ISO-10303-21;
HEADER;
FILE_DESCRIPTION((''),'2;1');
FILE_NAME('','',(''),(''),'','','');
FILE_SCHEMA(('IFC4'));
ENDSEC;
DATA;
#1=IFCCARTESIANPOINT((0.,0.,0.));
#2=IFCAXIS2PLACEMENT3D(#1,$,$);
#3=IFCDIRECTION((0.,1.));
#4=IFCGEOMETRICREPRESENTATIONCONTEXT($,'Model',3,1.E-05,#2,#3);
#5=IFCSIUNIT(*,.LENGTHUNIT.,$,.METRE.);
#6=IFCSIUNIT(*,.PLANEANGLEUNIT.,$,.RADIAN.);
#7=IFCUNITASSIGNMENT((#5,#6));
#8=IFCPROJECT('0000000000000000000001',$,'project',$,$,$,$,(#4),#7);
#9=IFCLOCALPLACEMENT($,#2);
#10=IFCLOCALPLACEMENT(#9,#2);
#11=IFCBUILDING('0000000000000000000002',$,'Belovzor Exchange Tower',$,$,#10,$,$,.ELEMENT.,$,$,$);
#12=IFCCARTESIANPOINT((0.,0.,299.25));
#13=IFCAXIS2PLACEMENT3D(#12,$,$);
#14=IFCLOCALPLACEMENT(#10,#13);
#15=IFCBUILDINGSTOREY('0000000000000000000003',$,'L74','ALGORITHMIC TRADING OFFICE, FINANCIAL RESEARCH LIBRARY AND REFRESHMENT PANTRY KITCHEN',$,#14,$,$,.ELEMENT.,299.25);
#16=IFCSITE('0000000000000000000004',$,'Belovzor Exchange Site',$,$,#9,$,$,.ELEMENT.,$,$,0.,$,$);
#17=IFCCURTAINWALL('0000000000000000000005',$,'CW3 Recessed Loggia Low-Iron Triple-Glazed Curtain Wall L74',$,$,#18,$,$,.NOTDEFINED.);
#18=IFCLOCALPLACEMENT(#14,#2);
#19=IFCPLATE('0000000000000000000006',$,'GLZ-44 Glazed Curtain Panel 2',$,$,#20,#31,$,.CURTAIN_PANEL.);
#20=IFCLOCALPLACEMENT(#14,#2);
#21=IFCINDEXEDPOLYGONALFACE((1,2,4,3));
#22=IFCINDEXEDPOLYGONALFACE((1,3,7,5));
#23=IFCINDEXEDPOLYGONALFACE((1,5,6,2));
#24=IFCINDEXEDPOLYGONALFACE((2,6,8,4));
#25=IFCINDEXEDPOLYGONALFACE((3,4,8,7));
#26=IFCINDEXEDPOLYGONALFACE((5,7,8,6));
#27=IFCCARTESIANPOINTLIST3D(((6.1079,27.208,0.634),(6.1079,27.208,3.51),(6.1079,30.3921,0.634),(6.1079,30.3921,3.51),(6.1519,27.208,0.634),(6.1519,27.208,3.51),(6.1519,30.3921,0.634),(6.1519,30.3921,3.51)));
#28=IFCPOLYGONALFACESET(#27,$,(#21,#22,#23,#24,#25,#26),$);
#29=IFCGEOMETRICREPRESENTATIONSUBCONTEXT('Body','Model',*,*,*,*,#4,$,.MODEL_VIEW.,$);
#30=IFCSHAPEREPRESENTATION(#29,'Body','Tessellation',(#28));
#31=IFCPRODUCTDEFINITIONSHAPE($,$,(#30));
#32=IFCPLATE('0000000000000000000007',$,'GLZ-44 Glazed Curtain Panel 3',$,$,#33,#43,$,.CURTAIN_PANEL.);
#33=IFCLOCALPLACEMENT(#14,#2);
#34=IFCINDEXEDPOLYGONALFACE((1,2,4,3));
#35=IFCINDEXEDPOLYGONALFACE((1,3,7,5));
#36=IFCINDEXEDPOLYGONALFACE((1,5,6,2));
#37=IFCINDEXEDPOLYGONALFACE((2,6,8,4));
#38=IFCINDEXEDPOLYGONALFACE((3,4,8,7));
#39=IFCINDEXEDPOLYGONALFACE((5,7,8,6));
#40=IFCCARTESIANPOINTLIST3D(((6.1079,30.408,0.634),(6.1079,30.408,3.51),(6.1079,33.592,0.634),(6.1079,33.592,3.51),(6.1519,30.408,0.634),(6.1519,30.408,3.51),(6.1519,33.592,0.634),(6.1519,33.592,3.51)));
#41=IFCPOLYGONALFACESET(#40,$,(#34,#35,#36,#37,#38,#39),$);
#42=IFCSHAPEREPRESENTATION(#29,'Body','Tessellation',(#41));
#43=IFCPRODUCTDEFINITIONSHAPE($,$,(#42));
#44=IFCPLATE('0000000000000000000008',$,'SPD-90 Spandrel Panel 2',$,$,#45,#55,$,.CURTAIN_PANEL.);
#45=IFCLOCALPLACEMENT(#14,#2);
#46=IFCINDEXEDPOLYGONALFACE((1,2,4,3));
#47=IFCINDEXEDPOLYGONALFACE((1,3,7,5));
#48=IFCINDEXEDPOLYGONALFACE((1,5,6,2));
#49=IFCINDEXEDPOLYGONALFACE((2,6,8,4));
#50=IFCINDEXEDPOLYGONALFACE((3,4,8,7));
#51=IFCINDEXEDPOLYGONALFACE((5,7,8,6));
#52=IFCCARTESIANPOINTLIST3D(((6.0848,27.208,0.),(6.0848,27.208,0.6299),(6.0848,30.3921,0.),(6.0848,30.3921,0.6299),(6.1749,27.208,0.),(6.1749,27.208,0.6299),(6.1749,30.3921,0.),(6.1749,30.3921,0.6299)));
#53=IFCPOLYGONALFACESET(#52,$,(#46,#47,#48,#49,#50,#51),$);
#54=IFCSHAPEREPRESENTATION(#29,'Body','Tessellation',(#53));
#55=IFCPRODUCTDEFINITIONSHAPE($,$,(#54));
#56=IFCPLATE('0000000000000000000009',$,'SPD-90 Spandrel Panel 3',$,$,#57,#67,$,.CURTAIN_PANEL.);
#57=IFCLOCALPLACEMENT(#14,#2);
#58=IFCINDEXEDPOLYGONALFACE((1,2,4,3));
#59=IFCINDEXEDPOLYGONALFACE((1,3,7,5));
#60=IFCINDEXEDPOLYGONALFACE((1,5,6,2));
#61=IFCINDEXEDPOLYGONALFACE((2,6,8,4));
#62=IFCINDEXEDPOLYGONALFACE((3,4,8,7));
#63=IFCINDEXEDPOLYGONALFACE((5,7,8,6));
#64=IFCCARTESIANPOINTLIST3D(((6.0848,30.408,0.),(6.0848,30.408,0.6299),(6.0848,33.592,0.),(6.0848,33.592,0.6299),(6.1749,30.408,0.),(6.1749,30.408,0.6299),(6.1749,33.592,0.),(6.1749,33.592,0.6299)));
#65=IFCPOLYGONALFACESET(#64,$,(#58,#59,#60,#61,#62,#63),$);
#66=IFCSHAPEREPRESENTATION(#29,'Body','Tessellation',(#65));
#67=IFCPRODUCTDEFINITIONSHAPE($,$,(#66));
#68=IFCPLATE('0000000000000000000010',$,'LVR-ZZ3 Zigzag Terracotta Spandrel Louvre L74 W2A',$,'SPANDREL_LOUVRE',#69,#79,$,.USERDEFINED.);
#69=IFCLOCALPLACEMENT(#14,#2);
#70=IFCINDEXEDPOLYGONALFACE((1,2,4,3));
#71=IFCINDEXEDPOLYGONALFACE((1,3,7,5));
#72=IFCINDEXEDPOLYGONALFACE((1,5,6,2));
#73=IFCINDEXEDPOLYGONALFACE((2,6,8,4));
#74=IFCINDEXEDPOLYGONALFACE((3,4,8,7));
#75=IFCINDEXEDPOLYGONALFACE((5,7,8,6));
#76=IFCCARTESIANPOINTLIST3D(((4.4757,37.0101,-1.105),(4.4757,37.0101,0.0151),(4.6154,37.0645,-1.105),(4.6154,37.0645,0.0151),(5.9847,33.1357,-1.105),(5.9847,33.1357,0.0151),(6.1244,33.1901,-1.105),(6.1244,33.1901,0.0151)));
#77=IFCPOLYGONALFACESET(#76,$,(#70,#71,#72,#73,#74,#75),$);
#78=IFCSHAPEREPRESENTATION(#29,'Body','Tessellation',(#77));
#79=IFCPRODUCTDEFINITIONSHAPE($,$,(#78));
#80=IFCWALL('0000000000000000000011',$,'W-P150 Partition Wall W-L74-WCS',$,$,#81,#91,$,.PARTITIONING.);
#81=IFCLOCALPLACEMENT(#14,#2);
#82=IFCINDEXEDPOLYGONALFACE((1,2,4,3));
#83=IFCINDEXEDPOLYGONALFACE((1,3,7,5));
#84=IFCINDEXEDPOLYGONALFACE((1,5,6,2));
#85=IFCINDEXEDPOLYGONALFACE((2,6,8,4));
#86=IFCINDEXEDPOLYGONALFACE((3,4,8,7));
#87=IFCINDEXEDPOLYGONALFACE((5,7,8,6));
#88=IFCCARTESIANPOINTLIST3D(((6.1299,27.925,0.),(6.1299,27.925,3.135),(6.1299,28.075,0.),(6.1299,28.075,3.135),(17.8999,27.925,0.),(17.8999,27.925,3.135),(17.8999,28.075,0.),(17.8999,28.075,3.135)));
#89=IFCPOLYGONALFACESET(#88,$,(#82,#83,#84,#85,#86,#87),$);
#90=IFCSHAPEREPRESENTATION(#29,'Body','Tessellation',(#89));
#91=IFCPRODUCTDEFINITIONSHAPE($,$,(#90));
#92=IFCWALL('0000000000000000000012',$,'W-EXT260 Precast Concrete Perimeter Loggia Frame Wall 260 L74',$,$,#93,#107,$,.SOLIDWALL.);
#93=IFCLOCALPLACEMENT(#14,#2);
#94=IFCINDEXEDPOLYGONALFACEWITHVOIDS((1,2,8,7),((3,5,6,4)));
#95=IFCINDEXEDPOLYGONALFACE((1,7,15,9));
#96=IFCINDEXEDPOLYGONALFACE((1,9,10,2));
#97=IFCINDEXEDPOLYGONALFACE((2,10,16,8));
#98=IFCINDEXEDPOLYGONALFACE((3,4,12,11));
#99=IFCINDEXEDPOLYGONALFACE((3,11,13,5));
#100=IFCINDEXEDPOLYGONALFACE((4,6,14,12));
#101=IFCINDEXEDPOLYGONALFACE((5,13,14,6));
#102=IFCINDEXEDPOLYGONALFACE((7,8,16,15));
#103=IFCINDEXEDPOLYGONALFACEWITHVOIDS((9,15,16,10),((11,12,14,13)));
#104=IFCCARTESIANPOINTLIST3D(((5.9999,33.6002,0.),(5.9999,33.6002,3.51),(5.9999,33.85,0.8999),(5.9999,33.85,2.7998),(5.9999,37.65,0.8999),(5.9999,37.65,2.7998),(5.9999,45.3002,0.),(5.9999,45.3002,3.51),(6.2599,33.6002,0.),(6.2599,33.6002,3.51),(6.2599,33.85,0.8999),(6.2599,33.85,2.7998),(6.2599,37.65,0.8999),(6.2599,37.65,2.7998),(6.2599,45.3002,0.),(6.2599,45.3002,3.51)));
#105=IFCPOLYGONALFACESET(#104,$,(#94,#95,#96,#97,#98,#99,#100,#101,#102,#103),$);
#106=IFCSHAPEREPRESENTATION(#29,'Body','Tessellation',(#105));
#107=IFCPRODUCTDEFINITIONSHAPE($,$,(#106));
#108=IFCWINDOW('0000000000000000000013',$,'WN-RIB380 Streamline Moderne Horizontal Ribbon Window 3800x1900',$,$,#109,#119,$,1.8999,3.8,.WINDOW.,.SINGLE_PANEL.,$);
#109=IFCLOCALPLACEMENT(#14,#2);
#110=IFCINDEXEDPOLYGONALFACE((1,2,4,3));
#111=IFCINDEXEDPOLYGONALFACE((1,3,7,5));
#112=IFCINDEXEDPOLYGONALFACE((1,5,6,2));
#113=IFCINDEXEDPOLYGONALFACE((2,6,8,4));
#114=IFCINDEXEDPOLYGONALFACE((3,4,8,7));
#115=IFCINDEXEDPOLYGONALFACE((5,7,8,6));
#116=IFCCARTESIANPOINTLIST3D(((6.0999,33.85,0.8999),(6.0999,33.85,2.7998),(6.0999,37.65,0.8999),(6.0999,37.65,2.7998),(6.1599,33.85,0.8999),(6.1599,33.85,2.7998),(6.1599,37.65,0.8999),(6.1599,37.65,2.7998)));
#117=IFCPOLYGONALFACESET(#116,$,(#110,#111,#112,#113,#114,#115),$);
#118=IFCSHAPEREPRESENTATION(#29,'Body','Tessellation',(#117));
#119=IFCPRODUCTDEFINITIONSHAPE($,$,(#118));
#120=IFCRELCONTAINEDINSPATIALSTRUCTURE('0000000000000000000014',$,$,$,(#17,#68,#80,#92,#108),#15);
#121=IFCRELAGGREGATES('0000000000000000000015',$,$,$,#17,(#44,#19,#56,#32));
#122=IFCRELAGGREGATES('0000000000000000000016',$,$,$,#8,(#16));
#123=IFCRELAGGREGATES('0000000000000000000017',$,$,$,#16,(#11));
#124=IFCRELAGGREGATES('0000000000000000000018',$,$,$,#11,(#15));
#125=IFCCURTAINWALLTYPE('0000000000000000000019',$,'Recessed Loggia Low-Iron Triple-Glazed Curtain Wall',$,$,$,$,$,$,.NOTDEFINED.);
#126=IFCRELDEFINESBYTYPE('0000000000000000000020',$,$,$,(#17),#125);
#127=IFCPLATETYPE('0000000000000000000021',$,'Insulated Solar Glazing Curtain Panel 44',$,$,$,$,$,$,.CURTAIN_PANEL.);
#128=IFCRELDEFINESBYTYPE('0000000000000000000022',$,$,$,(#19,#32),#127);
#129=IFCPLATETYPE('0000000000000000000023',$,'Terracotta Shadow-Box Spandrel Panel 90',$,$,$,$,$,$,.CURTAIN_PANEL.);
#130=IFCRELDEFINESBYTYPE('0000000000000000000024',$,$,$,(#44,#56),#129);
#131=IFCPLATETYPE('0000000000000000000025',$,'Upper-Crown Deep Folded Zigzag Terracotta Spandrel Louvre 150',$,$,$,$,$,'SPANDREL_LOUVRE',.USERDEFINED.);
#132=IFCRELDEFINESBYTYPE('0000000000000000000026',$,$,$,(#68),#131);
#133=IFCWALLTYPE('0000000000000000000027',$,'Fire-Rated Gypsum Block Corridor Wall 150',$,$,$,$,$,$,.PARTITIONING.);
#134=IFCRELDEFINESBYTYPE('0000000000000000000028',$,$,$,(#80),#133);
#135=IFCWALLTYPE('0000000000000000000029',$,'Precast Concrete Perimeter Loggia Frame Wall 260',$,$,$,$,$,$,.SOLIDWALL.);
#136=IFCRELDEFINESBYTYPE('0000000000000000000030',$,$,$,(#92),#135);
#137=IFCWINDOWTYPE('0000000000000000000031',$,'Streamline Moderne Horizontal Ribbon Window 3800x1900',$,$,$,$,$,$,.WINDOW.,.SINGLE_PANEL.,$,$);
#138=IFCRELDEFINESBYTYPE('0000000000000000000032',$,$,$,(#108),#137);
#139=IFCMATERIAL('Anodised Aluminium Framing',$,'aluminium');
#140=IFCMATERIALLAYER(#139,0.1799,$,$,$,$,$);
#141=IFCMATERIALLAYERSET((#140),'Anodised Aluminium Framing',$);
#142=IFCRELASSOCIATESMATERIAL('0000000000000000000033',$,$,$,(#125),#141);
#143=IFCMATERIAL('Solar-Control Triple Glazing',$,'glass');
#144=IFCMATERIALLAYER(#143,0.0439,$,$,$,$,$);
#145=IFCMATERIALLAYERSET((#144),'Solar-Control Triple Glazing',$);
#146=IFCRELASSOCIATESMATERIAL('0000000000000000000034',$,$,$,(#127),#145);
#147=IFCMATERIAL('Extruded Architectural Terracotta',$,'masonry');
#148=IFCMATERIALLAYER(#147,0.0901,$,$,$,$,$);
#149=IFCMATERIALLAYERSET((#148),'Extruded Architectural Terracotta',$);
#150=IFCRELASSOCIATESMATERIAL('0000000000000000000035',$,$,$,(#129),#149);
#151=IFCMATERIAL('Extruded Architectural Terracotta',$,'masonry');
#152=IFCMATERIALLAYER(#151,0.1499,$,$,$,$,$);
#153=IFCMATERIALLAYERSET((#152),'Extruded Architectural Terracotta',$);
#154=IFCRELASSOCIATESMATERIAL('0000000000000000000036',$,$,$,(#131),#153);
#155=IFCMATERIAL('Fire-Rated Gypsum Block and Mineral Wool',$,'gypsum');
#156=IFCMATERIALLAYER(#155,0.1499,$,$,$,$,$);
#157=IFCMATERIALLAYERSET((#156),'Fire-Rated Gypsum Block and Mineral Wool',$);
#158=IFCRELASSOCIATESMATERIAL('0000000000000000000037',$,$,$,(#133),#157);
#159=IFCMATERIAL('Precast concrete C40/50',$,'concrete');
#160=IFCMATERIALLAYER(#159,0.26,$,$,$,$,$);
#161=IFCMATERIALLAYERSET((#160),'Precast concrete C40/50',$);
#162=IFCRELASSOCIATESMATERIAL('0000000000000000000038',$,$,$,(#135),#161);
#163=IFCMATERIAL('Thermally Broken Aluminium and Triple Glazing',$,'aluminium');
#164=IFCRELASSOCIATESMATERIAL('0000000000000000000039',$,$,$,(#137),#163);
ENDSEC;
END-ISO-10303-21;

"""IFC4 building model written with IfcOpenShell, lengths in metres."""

from ifc_helpers import new_model, si_unit, direction, frame, frame_2d, origin, origin_2d, place, context, subcontext, project, spatial, rectangle, extrude, material, layer, layer_set, type_object, element, fill, aggregate, save


model = new_model("IFC4")

# Units and contexts
model_context = context("Model", 3, precision=1e-05, world=origin(), true_north=direction((0.0, 1.0)))
body_context = subcontext(model_context, "Body", "Model", "MODEL_VIEW")
ifc_project = project(units=[si_unit("LENGTHUNIT", "METRE"), si_unit("PLANEANGLEUNIT", "RADIAN")], contexts=[model_context])

# Site, building, storey
site_placement = place(None, origin())
site = spatial("IfcSite", under=ifc_project, at=site_placement, Name="Belovzor Exchange Site", CompositionType="ELEMENT", RefElevation=0.0)
building_placement = place(site_placement, origin())
building = spatial("IfcBuilding", under=site, at=building_placement, Name="Belovzor Exchange Tower", CompositionType="ELEMENT")
storey_placement = place(building_placement, frame((0.0, 0.0, 299.25)))
storey = spatial("IfcBuildingStorey", under=building, at=storey_placement, Name="L74", Description="ALGORITHMIC TRADING OFFICE, FINANCIAL RESEARCH LIBRARY AND REFRESHMENT PANTRY KITCHEN", CompositionType="ELEMENT", Elevation=299.25)

# Curtain wall
ifc_material_1 = material(Name="Anodised Aluminium Framing", Category="aluminium")
ifc_layer_1 = layer(ifc_material_1, 0.1799)
ifc_layer_set_1 = layer_set([ifc_layer_1], Name="Anodised Aluminium Framing")
curtain_wall_type = type_object("IfcCurtainWallType", Name="Recessed Loggia Low-Iron Triple-Glazed Curtain Wall", PredefinedType="NOTDEFINED", material=ifc_layer_set_1)
curtain_wall_placement = place(storey_placement, origin())
curtain_wall = element("IfcCurtainWall", 1, at=curtain_wall_placement, inside=storey, type_object=curtain_wall_type, Name="CW3 Recessed Loggia Low-Iron Triple-Glazed Curtain Wall L74", PredefinedType="NOTDEFINED")

# Plates
ifc_material_2 = material(Name="Solar-Control Triple Glazing", Category="glass")
ifc_layer_2 = layer(ifc_material_2, 0.0439)
ifc_layer_set_2 = layer_set([ifc_layer_2], Name="Solar-Control Triple Glazing")
plate_type_1 = type_object("IfcPlateType", Name="Insulated Solar Glazing Curtain Panel 44", PredefinedType="CURTAIN_PANEL", material=ifc_layer_set_2)
plate_1_placement = place(storey_placement, frame((6.1299, 28.8, 0.634), z_axis=(0.0, 0.0, 1.0), x_axis=(0.0, 1.0, 0.0)))
plate_1 = element("IfcPlate", 2, at=plate_1_placement, type_object=plate_type_1, Name="GLZ-44 Glazed Curtain Panel 2", PredefinedType="CURTAIN_PANEL", context=body_context, shape_type="SweptSolid", body=[
    extrude(rectangle(XDim=3.1841, YDim=0.0439, at=origin_2d()), origin(), (0.0, 0.0, 1.0), 2.876),
])
plate_2_placement = place(storey_placement, frame((6.1299, 32.0, 0.634), z_axis=(0.0, 0.0, 1.0), x_axis=(0.0, 1.0, 0.0)))
plate_2 = element("IfcPlate", 3, at=plate_2_placement, type_object=plate_type_1, Name="GLZ-44 Glazed Curtain Panel 3", PredefinedType="CURTAIN_PANEL", context=body_context, shape_type="SweptSolid", body=[
    extrude(rectangle(XDim=3.1841, YDim=0.0439, at=origin_2d()), origin(), (0.0, 0.0, 1.0), 2.876),
])
ifc_material_3 = material(Name="Extruded Architectural Terracotta", Category="masonry")
ifc_layer_3 = layer(ifc_material_3, 0.0901)
ifc_layer_set_3 = layer_set([ifc_layer_3], Name="Extruded Architectural Terracotta")
plate_type_2 = type_object("IfcPlateType", Name="Terracotta Shadow-Box Spandrel Panel 90", PredefinedType="CURTAIN_PANEL", material=ifc_layer_set_3)
plate_3_placement = place(storey_placement, frame((6.1299, 28.8, 0.0), z_axis=(0.0, 0.0, 1.0), x_axis=(0.0, 1.0, 0.0)))
plate_3 = element("IfcPlate", 4, at=plate_3_placement, type_object=plate_type_2, Name="SPD-90 Spandrel Panel 2", PredefinedType="CURTAIN_PANEL", context=body_context, shape_type="SweptSolid", body=[
    extrude(rectangle(XDim=3.1841, YDim=0.0901, at=origin_2d()), origin(), (0.0, 0.0, 1.0), 0.6299),
])
plate_4_placement = place(storey_placement, frame((6.1299, 32.0, 0.0), z_axis=(0.0, 0.0, 1.0), x_axis=(0.0, 1.0, 0.0)))
plate_4 = element("IfcPlate", 5, at=plate_4_placement, type_object=plate_type_2, Name="SPD-90 Spandrel Panel 3", PredefinedType="CURTAIN_PANEL", context=body_context, shape_type="SweptSolid", body=[
    extrude(rectangle(XDim=3.1841, YDim=0.0901, at=origin_2d()), origin(), (0.0, 0.0, 1.0), 0.6299),
])
aggregate(curtain_wall, [plate_3, plate_1, plate_4, plate_2])
ifc_material_4 = material(Name="Extruded Architectural Terracotta", Category="masonry")
ifc_layer_4 = layer(ifc_material_4, 0.1499)
ifc_layer_set_4 = layer_set([ifc_layer_4], Name="Extruded Architectural Terracotta")
plate_type_3 = type_object("IfcPlateType", Name="Upper-Crown Deep Folded Zigzag Terracotta Spandrel Louvre 150", ElementType="SPANDREL_LOUVRE", PredefinedType="USERDEFINED", material=ifc_layer_set_4)
plate_5_placement = place(storey_placement, frame((5.3, 35.1001, -1.105), z_axis=(0.0, 0.0, 1.0), x_axis=(-0.362926, 0.931818, 0.0)))
element("IfcPlate", 6, at=plate_5_placement, inside=storey, type_object=plate_type_3, Name="LVR-ZZ3 Zigzag Terracotta Spandrel Louvre L74 W2A", ObjectType="SPANDREL_LOUVRE", PredefinedType="USERDEFINED", context=body_context, shape_type="SweptSolid", body=[
    extrude(rectangle(XDim=4.158, YDim=0.1499, at=origin_2d()), origin(), (0.0, 0.0, 1.0), 1.1201),
])

# Wall
ifc_material_5 = material(Name="Fire-Rated Gypsum Block and Mineral Wool", Category="gypsum")
ifc_layer_5 = layer(ifc_material_5, 0.1499)
ifc_layer_set_5 = layer_set([ifc_layer_5], Name="Fire-Rated Gypsum Block and Mineral Wool")
wall_type_1 = type_object("IfcWallType", Name="Fire-Rated Gypsum Block Corridor Wall 150", PredefinedType="PARTITIONING", material=ifc_layer_set_5)
wall_1_placement = place(storey_placement, frame((6.1299, 28.0, 0.0), z_axis=(0.0, 0.0, 1.0), x_axis=(1.0, 0.0, 0.0)))
element("IfcWall", 7, at=wall_1_placement, inside=storey, type_object=wall_type_1, Name="W-P150 Partition Wall W-L74-WCS", PredefinedType="PARTITIONING", context=body_context, shape_type="SweptSolid", body=[
    extrude(rectangle(XDim=11.77, YDim=0.1499, at=frame_2d((5.885, 0.0))), origin(), (0.0, 0.0, 1.0), 3.135),
])

# Wall, opening, window
ifc_material_6 = material(Name="Precast concrete C40/50", Category="concrete")
ifc_layer_6 = layer(ifc_material_6, 0.26)
ifc_layer_set_6 = layer_set([ifc_layer_6], Name="Precast concrete C40/50")
wall_type_2 = type_object("IfcWallType", Name="Precast Concrete Perimeter Loggia Frame Wall 260", PredefinedType="SOLIDWALL", material=ifc_layer_set_6)
wall_2_placement = place(storey_placement, frame((6.1299, 33.6001, 0.0), z_axis=(0.0, 0.0, 1.0), x_axis=(0.0, 1.0, 0.0)))
wall_2 = element("IfcWall", 8, at=wall_2_placement, inside=storey, type_object=wall_type_2, Name="W-EXT260 Precast Concrete Perimeter Loggia Frame Wall 260 L74", PredefinedType="SOLIDWALL", context=body_context, shape_type="SweptSolid", body=[
    extrude(rectangle(XDim=11.7, YDim=0.26, at=frame_2d((5.8501, 0.0))), origin(), (0.0, 0.0, 1.0), 3.51),
])
opening_placement = place(wall_2_placement, frame((0.25, 0.0, 0.8999)))
opening = element("IfcOpeningElement", 9, at=opening_placement, cuts=wall_2, PredefinedType="OPENING", context=body_context, shape_type="SweptSolid", body=[
    extrude(rectangle(XDim=3.8, YDim=1.8999, at=frame_2d((1.8999, 0.95))), frame((0.0, 0.1399, 0.0), z_axis=(0.0, -1.0, 0.0), x_axis=(1.0, 0.0, 0.0)), (0.0, 0.0, 1.0), 0.28),
])
ifc_material_7 = material(Name="Thermally Broken Aluminium and Triple Glazing", Category="aluminium")
window_type = type_object("IfcWindowType", Name="Streamline Moderne Horizontal Ribbon Window 3800x1900", PartitioningType="SINGLE_PANEL", PredefinedType="WINDOW", material=ifc_material_7)
window_placement = place(opening_placement, origin())
window = element("IfcWindow", 10, at=window_placement, inside=storey, type_object=window_type, Name="WN-RIB380 Streamline Moderne Horizontal Ribbon Window 3800x1900", OverallHeight=1.8999, OverallWidth=3.8, PartitioningType="SINGLE_PANEL", PredefinedType="WINDOW", context=body_context, shape_type="SweptSolid", body=[
    extrude(rectangle(XDim=3.8, YDim=1.8999, at=frame_2d((1.8999, 0.95))), frame((0.0, 0.03, 0.0), z_axis=(0.0, -1.0, 0.0), x_axis=(1.0, 0.0, 0.0)), (0.0, 0.0, 1.0), 0.0601),
])
fill(opening, window)

save(model, "model.ifc")
